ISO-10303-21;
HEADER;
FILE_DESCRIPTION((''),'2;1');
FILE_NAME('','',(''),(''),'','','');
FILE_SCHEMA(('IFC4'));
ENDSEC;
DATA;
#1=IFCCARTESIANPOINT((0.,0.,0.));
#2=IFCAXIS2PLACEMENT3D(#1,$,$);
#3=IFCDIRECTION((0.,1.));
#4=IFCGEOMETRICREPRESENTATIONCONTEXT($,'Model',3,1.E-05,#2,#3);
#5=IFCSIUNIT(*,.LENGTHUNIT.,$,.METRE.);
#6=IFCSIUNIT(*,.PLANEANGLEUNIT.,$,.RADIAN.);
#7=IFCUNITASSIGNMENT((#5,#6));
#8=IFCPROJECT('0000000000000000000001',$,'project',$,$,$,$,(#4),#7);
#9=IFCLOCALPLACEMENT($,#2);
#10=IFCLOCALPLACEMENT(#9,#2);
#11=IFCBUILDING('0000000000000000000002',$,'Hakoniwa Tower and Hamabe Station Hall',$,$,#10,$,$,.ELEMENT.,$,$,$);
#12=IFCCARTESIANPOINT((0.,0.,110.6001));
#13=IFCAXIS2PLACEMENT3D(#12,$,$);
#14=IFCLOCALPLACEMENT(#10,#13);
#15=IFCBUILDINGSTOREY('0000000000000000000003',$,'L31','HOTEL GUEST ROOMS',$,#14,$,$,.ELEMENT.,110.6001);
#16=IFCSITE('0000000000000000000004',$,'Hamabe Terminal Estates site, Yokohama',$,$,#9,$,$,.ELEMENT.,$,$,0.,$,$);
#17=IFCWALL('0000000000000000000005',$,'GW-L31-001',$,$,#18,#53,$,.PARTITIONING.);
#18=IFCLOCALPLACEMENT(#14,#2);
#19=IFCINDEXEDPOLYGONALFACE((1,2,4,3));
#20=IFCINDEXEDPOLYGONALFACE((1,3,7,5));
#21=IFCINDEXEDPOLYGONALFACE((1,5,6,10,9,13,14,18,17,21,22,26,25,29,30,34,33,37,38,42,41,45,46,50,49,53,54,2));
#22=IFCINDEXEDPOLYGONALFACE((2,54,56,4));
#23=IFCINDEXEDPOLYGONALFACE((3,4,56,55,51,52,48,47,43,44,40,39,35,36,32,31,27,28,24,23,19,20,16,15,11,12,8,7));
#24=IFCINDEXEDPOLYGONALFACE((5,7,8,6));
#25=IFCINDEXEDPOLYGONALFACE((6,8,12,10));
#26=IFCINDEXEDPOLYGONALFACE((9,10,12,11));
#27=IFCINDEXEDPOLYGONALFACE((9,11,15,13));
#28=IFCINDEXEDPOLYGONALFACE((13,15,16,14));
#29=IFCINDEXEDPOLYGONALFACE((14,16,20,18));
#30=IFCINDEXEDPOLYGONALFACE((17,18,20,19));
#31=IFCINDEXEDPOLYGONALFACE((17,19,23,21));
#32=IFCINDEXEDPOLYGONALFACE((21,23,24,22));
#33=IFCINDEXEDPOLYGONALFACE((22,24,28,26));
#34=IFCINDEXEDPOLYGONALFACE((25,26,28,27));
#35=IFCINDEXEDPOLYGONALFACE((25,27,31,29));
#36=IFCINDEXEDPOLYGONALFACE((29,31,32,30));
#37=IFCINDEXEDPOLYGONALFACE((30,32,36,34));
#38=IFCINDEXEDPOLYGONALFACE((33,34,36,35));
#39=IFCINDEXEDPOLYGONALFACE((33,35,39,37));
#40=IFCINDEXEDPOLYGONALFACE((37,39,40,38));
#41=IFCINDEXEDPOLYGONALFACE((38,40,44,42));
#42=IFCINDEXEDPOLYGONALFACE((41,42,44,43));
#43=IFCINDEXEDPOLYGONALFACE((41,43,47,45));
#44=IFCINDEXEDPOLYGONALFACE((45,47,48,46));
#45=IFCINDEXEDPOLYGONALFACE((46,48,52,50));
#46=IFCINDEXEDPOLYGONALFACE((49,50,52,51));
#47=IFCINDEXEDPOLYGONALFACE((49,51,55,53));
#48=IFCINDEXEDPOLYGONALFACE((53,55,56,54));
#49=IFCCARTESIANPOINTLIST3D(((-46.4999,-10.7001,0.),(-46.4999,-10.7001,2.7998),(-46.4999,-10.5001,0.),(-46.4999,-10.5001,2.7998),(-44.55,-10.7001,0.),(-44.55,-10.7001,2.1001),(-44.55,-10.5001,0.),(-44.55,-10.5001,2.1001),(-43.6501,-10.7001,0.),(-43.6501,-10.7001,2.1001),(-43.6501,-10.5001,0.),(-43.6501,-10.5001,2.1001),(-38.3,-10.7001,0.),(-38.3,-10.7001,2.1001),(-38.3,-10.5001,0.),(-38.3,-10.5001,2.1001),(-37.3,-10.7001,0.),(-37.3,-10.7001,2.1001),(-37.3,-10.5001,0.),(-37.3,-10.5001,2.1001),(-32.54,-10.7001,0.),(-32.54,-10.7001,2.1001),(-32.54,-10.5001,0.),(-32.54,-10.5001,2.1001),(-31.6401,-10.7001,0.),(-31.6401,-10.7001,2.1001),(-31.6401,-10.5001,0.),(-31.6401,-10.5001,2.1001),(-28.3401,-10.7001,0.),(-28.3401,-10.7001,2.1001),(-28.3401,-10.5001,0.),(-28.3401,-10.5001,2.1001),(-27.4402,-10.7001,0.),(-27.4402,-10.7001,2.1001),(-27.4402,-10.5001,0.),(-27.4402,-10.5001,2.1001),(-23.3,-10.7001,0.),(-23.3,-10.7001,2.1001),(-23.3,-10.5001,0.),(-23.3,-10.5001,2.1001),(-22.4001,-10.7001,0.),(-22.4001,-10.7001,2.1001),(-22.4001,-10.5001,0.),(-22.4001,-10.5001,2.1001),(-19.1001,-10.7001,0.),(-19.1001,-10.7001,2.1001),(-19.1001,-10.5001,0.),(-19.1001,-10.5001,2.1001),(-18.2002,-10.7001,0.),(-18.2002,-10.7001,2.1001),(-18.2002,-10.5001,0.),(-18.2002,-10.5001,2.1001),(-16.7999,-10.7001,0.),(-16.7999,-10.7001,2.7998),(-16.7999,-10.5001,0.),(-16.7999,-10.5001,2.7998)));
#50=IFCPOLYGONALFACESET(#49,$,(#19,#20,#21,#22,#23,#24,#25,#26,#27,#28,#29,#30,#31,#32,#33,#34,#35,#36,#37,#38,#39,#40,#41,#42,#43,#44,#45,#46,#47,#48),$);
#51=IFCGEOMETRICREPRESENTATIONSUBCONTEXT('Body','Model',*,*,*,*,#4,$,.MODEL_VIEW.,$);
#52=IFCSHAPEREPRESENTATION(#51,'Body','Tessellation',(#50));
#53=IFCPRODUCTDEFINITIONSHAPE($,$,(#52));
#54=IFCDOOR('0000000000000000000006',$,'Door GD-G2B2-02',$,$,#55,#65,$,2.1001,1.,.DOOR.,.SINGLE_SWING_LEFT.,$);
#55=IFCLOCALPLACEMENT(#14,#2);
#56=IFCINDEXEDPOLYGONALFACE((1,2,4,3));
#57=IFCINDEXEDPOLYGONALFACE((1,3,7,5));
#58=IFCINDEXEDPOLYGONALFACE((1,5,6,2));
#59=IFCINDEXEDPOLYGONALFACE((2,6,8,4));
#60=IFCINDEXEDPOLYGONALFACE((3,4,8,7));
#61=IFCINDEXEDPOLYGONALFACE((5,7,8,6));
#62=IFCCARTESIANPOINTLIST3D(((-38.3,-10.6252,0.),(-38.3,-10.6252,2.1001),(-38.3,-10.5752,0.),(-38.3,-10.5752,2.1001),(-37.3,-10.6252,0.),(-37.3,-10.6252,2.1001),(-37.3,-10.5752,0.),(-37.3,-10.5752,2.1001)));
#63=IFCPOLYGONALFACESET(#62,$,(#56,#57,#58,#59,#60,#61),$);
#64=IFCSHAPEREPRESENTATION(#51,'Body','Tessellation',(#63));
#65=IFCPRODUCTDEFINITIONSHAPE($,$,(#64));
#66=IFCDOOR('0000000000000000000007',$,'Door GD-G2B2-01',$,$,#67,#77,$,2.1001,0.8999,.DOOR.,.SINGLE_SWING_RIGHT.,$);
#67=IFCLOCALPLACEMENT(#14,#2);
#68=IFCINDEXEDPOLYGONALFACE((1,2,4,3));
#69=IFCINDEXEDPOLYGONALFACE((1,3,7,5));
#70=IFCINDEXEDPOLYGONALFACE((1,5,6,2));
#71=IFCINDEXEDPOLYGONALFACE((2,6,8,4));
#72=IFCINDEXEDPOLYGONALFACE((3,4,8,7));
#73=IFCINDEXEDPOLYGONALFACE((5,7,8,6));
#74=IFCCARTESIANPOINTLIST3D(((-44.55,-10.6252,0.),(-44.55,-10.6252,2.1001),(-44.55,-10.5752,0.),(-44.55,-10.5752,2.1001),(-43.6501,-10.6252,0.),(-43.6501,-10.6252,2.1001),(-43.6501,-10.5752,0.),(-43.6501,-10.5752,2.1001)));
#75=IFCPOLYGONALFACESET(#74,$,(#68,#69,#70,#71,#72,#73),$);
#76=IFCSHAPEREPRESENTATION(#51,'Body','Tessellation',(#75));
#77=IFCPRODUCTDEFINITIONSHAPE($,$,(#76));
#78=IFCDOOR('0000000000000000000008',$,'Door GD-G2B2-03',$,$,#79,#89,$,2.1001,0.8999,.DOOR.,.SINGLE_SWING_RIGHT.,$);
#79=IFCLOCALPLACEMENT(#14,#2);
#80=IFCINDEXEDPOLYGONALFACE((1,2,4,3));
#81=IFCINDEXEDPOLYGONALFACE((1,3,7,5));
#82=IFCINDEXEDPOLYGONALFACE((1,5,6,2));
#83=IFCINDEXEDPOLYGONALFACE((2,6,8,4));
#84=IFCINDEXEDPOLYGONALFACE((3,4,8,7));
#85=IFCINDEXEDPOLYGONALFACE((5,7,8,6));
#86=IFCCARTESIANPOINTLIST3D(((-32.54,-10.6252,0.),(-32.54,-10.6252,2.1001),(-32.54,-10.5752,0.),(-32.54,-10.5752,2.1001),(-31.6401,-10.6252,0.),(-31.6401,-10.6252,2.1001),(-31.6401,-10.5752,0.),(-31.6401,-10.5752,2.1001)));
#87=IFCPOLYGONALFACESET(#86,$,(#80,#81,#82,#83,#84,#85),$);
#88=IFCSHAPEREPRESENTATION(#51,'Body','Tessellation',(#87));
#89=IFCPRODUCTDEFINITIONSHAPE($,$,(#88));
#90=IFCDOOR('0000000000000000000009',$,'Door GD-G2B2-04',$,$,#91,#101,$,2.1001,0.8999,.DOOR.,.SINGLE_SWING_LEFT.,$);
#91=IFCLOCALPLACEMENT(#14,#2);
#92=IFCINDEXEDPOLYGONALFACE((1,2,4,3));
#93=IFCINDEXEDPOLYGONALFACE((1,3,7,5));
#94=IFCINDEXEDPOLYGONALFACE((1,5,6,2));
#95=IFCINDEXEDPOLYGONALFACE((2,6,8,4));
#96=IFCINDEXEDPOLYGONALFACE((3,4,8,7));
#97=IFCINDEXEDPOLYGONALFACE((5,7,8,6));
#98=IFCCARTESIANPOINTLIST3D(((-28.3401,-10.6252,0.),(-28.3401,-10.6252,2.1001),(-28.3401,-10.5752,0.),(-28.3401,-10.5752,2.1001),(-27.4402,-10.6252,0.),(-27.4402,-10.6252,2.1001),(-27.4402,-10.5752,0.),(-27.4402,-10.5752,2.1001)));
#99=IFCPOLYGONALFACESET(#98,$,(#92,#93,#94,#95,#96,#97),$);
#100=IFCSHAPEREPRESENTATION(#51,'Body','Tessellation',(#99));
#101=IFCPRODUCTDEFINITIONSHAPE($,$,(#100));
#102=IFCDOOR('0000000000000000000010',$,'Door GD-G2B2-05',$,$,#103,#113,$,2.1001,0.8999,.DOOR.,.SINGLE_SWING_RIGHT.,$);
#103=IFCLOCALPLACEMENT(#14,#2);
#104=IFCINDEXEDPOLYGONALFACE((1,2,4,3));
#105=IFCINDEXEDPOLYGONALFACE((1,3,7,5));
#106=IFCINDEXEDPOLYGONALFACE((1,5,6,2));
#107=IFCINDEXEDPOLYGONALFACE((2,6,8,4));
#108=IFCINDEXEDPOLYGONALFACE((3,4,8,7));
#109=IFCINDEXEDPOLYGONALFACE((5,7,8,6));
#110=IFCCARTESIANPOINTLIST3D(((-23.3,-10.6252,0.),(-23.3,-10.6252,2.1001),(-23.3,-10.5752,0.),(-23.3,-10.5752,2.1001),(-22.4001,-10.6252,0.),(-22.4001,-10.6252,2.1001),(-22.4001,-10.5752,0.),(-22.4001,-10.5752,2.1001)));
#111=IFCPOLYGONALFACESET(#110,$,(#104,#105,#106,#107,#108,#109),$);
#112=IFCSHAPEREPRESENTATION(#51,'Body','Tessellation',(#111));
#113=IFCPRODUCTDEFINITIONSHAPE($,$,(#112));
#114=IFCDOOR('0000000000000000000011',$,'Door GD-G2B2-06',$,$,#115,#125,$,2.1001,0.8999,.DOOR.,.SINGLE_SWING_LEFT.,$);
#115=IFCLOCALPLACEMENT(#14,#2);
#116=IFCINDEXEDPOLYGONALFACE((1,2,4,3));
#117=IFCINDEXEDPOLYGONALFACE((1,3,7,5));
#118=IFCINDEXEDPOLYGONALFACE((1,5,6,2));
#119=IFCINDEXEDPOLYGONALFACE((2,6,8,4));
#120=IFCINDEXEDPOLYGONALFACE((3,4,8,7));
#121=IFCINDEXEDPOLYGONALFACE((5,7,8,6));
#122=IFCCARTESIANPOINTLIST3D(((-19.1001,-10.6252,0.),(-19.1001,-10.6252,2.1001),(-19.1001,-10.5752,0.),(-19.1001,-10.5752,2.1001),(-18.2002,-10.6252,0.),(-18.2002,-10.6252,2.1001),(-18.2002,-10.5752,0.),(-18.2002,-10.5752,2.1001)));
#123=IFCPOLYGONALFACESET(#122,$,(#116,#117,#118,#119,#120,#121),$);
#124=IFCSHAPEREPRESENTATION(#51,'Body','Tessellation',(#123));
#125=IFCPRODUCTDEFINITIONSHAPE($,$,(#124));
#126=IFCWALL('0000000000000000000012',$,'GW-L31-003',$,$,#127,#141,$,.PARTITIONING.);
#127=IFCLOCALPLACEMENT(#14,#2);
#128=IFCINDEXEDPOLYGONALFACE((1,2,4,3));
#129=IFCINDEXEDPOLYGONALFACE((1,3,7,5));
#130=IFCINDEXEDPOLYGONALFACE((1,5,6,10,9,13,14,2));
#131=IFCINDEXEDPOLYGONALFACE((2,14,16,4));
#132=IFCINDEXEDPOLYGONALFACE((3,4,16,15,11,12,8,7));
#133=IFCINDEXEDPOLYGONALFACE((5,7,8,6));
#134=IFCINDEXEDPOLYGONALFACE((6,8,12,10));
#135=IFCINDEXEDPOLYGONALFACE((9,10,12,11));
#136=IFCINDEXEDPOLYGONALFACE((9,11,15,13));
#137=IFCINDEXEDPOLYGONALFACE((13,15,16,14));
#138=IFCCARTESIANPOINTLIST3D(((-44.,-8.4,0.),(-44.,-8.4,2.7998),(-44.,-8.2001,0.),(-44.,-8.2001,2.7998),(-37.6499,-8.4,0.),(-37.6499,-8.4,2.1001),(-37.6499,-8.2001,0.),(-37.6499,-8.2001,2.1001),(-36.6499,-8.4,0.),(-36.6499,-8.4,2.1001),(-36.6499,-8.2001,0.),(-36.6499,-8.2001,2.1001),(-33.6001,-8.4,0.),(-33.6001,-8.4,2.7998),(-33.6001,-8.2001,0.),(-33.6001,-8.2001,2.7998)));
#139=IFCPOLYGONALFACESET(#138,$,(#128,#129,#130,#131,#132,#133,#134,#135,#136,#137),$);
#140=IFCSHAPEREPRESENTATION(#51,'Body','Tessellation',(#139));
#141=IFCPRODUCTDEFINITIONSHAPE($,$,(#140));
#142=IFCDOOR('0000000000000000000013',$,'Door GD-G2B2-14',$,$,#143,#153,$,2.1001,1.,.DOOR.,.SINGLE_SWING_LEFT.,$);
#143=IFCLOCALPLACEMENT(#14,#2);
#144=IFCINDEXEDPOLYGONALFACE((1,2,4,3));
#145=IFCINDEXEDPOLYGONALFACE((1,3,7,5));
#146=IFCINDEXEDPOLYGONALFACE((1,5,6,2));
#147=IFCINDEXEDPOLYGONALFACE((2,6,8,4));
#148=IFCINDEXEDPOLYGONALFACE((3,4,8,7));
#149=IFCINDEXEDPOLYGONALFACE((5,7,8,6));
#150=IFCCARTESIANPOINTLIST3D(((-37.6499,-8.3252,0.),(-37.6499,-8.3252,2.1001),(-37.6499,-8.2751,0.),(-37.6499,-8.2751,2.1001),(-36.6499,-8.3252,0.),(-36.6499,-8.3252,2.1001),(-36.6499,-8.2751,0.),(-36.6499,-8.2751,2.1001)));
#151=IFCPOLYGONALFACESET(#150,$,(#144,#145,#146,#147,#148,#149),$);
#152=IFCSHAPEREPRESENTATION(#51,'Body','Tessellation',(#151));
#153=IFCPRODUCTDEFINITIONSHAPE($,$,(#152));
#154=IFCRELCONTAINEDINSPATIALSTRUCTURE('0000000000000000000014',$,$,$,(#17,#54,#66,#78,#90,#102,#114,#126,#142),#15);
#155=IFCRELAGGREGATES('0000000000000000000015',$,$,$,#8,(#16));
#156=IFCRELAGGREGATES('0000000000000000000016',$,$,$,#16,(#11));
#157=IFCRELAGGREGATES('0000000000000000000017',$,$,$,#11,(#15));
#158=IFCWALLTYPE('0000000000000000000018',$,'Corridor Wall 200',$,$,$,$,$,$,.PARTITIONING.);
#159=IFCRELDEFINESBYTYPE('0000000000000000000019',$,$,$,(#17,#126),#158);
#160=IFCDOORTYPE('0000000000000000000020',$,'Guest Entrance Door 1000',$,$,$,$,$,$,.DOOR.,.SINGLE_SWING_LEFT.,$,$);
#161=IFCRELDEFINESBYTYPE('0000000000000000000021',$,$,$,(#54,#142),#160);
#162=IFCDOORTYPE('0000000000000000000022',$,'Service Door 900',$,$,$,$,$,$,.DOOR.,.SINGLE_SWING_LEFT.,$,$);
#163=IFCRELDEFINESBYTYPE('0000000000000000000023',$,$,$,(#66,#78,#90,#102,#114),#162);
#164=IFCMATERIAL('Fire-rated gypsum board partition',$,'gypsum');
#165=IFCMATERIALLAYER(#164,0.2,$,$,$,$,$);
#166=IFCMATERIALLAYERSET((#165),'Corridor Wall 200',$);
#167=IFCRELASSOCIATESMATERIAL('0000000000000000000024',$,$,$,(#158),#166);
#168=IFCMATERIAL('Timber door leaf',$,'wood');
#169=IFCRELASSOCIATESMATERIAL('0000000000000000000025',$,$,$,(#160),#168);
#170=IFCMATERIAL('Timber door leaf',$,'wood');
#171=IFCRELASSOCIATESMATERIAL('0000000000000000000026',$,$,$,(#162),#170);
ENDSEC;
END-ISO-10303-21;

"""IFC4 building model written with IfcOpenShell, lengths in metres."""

from ifc_helpers import new_model, si_unit, direction, frame, frame_2d, origin, place, context, subcontext, project, spatial, rectangle, extrude, material, layer, layer_set, type_object, element, fill, save


model = new_model("IFC4")

# Units and contexts
model_context = context("Model", 3, precision=1e-05, world=origin(), true_north=direction((0.0, 1.0)))
body_context = subcontext(model_context, "Body", "Model", "MODEL_VIEW")
ifc_project = project(units=[si_unit("LENGTHUNIT", "METRE"), si_unit("PLANEANGLEUNIT", "RADIAN")], contexts=[model_context])

# Site, building, storey
site_placement = place(None, origin())
site = spatial("IfcSite", under=ifc_project, at=site_placement, Name="Hamabe Terminal Estates site, Yokohama", CompositionType="ELEMENT", RefElevation=0.0)
building_placement = place(site_placement, origin())
building = spatial("IfcBuilding", under=site, at=building_placement, Name="Hakoniwa Tower and Hamabe Station Hall", CompositionType="ELEMENT")
storey_placement = place(building_placement, frame((0.0, 0.0, 110.6001)))
storey = spatial("IfcBuildingStorey", under=building, at=storey_placement, Name="L31", Description="HOTEL GUEST ROOMS", CompositionType="ELEMENT", Elevation=110.6001)

# Wall, openings, doors
ifc_material_1 = material(Name="Fire-rated gypsum board partition", Category="gypsum")
ifc_layer_1 = layer(ifc_material_1, 0.2)
ifc_layer_set_1 = layer_set([ifc_layer_1], Name="Corridor Wall 200")
wall_type_1 = type_object("IfcWallType", Name="Corridor Wall 200", PredefinedType="PARTITIONING", material=ifc_layer_set_1)
wall_1_placement = place(storey_placement, frame((-46.5, -10.6001, 0.0), z_axis=(0.0, 0.0, 1.0), x_axis=(1.0, 0.0, 0.0)))
wall_1 = element("IfcWall", 1, at=wall_1_placement, inside=storey, type_object=wall_type_1, Name="GW-L31-001", PredefinedType="PARTITIONING", context=body_context, shape_type="SweptSolid", body=[
    extrude(rectangle(XDim=29.7, YDim=0.2, at=frame_2d((14.8501, 0.0))), origin(), (0.0, 0.0, 1.0), 2.7998),
])
opening_1_placement = place(wall_1_placement, frame((1.95, 0.0, 0.0)))
opening_1 = element("IfcOpeningElement", 2, at=opening_1_placement, cuts=wall_1, PredefinedType="OPENING", context=body_context, shape_type="SweptSolid", body=[
    extrude(rectangle(XDim=0.8999, YDim=2.1001, at=frame_2d((0.45, 1.05))), frame((0.0, 0.1099, 0.0), z_axis=(0.0, -1.0, 0.0), x_axis=(1.0, 0.0, 0.0)), (0.0, 0.0, 1.0), 0.22),
])
opening_2_placement = place(wall_1_placement, frame((8.2, 0.0, 0.0)))
opening_2 = element("IfcOpeningElement", 3, at=opening_2_placement, cuts=wall_1, PredefinedType="OPENING", context=body_context, shape_type="SweptSolid", body=[
    extrude(rectangle(XDim=1.0, YDim=2.1001, at=frame_2d((0.5, 1.05))), frame((0.0, 0.1099, 0.0), z_axis=(0.0, -1.0, 0.0), x_axis=(1.0, 0.0, 0.0)), (0.0, 0.0, 1.0), 0.22),
])
opening_3_placement = place(wall_1_placement, frame((13.96, 0.0, 0.0)))
opening_3 = element("IfcOpeningElement", 4, at=opening_3_placement, cuts=wall_1, PredefinedType="OPENING", context=body_context, shape_type="SweptSolid", body=[
    extrude(rectangle(XDim=0.8999, YDim=2.1001, at=frame_2d((0.45, 1.05))), frame((0.0, 0.1099, 0.0), z_axis=(0.0, -1.0, 0.0), x_axis=(1.0, 0.0, 0.0)), (0.0, 0.0, 1.0), 0.22),
])
opening_4_placement = place(wall_1_placement, frame((18.1599, 0.0, 0.0)))
opening_4 = element("IfcOpeningElement", 5, at=opening_4_placement, cuts=wall_1, PredefinedType="OPENING", context=body_context, shape_type="SweptSolid", body=[
    extrude(rectangle(XDim=0.8999, YDim=2.1001, at=frame_2d((0.45, 1.05))), frame((0.0, 0.1099, 0.0), z_axis=(0.0, -1.0, 0.0), x_axis=(1.0, 0.0, 0.0)), (0.0, 0.0, 1.0), 0.22),
])
opening_5_placement = place(wall_1_placement, frame((23.2, 0.0, 0.0)))
opening_5 = element("IfcOpeningElement", 6, at=opening_5_placement, cuts=wall_1, PredefinedType="OPENING", context=body_context, shape_type="SweptSolid", body=[
    extrude(rectangle(XDim=0.8999, YDim=2.1001, at=frame_2d((0.45, 1.05))), frame((0.0, 0.1099, 0.0), z_axis=(0.0, -1.0, 0.0), x_axis=(1.0, 0.0, 0.0)), (0.0, 0.0, 1.0), 0.22),
])
opening_6_placement = place(wall_1_placement, frame((27.3999, 0.0, 0.0)))
opening_6 = element("IfcOpeningElement", 7, at=opening_6_placement, cuts=wall_1, PredefinedType="OPENING", context=body_context, shape_type="SweptSolid", body=[
    extrude(rectangle(XDim=0.8999, YDim=2.1001, at=frame_2d((0.45, 1.05))), frame((0.0, 0.1099, 0.0), z_axis=(0.0, -1.0, 0.0), x_axis=(1.0, 0.0, 0.0)), (0.0, 0.0, 1.0), 0.22),
])
ifc_material_2 = material(Name="Timber door leaf", Category="wood")
door_type_1 = type_object("IfcDoorType", Name="Guest Entrance Door 1000", OperationType="SINGLE_SWING_LEFT", PredefinedType="DOOR", material=ifc_material_2)
door_1_placement = place(opening_2_placement, origin())
door_1 = element("IfcDoor", 8, at=door_1_placement, inside=storey, type_object=door_type_1, Name="Door GD-G2B2-02", OperationType="SINGLE_SWING_LEFT", OverallHeight=2.1001, OverallWidth=1.0, PredefinedType="DOOR", context=body_context, shape_type="SweptSolid", body=[
    extrude(rectangle(XDim=1.0, YDim=2.1001, at=frame_2d((0.5, 1.05))), frame((0.0, 0.0249, 0.0), z_axis=(0.0, -1.0, 0.0), x_axis=(1.0, 0.0, 0.0)), (0.0, 0.0, 1.0), 0.05),
])
fill(opening_2, door_1)
ifc_material_3 = material(Name="Timber door leaf", Category="wood")
door_type_2 = type_object("IfcDoorType", Name="Service Door 900", OperationType="SINGLE_SWING_LEFT", PredefinedType="DOOR", material=ifc_material_3)
door_2_placement = place(opening_1_placement, origin())
door_2 = element("IfcDoor", 9, at=door_2_placement, inside=storey, type_object=door_type_2, Name="Door GD-G2B2-01", OperationType="SINGLE_SWING_RIGHT", OverallHeight=2.1001, OverallWidth=0.8999, PredefinedType="DOOR", context=body_context, shape_type="SweptSolid", body=[
    extrude(rectangle(XDim=0.8999, YDim=2.1001, at=frame_2d((0.45, 1.05))), frame((0.0, 0.0249, 0.0), z_axis=(0.0, -1.0, 0.0), x_axis=(1.0, 0.0, 0.0)), (0.0, 0.0, 1.0), 0.05),
])
fill(opening_1, door_2)
door_3_placement = place(opening_3_placement, origin())
door_3 = element("IfcDoor", 10, at=door_3_placement, inside=storey, type_object=door_type_2, Name="Door GD-G2B2-03", OperationType="SINGLE_SWING_RIGHT", OverallHeight=2.1001, OverallWidth=0.8999, PredefinedType="DOOR", context=body_context, shape_type="SweptSolid", body=[
    extrude(rectangle(XDim=0.8999, YDim=2.1001, at=frame_2d((0.45, 1.05))), frame((0.0, 0.0249, 0.0), z_axis=(0.0, -1.0, 0.0), x_axis=(1.0, 0.0, 0.0)), (0.0, 0.0, 1.0), 0.05),
])
fill(opening_3, door_3)
door_4_placement = place(opening_4_placement, origin())
door_4 = element("IfcDoor", 11, at=door_4_placement, inside=storey, type_object=door_type_2, Name="Door GD-G2B2-04", OperationType="SINGLE_SWING_LEFT", OverallHeight=2.1001, OverallWidth=0.8999, PredefinedType="DOOR", context=body_context, shape_type="SweptSolid", body=[
    extrude(rectangle(XDim=0.8999, YDim=2.1001, at=frame_2d((0.45, 1.05))), frame((0.0, 0.0249, 0.0), z_axis=(0.0, -1.0, 0.0), x_axis=(1.0, 0.0, 0.0)), (0.0, 0.0, 1.0), 0.05),
])
fill(opening_4, door_4)
door_5_placement = place(opening_5_placement, origin())
door_5 = element("IfcDoor", 12, at=door_5_placement, inside=storey, type_object=door_type_2, Name="Door GD-G2B2-05", OperationType="SINGLE_SWING_RIGHT", OverallHeight=2.1001, OverallWidth=0.8999, PredefinedType="DOOR", context=body_context, shape_type="SweptSolid", body=[
    extrude(rectangle(XDim=0.8999, YDim=2.1001, at=frame_2d((0.45, 1.05))), frame((0.0, 0.0249, 0.0), z_axis=(0.0, -1.0, 0.0), x_axis=(1.0, 0.0, 0.0)), (0.0, 0.0, 1.0), 0.05),
])
fill(opening_5, door_5)
door_6_placement = place(opening_6_placement, origin())
door_6 = element("IfcDoor", 13, at=door_6_placement, inside=storey, type_object=door_type_2, Name="Door GD-G2B2-06", OperationType="SINGLE_SWING_LEFT", OverallHeight=2.1001, OverallWidth=0.8999, PredefinedType="DOOR", context=body_context, shape_type="SweptSolid", body=[
    extrude(rectangle(XDim=0.8999, YDim=2.1001, at=frame_2d((0.45, 1.05))), frame((0.0, 0.0249, 0.0), z_axis=(0.0, -1.0, 0.0), x_axis=(1.0, 0.0, 0.0)), (0.0, 0.0, 1.0), 0.05),
])
fill(opening_6, door_6)

# Wall, opening, door
wall_2_placement = place(storey_placement, frame((-44.0, -8.3, 0.0), z_axis=(0.0, 0.0, 1.0), x_axis=(1.0, 0.0, 0.0)))
wall_2 = element("IfcWall", 14, at=wall_2_placement, inside=storey, type_object=wall_type_1, Name="GW-L31-003", PredefinedType="PARTITIONING", context=body_context, shape_type="SweptSolid", body=[
    extrude(rectangle(XDim=10.3999, YDim=0.2, at=frame_2d((5.2, 0.0))), origin(), (0.0, 0.0, 1.0), 2.7998),
])
opening_7_placement = place(wall_2_placement, frame((6.3501, 0.0, 0.0)))
opening_7 = element("IfcOpeningElement", 15, at=opening_7_placement, cuts=wall_2, PredefinedType="OPENING", context=body_context, shape_type="SweptSolid", body=[
    extrude(rectangle(XDim=1.0, YDim=2.1001, at=frame_2d((0.5, 1.05))), frame((0.0, 0.1099, 0.0), z_axis=(0.0, -1.0, 0.0), x_axis=(1.0, 0.0, 0.0)), (0.0, 0.0, 1.0), 0.22),
])
door_7_placement = place(opening_7_placement, origin())
door_7 = element("IfcDoor", 16, at=door_7_placement, inside=storey, type_object=door_type_1, Name="Door GD-G2B2-14", OperationType="SINGLE_SWING_LEFT", OverallHeight=2.1001, OverallWidth=1.0, PredefinedType="DOOR", context=body_context, shape_type="SweptSolid", body=[
    extrude(rectangle(XDim=1.0, YDim=2.1001, at=frame_2d((0.5, 1.05))), frame((0.0, 0.0249, 0.0), z_axis=(0.0, -1.0, 0.0), x_axis=(1.0, 0.0, 0.0)), (0.0, 0.0, 1.0), 0.05),
])
fill(opening_7, door_7)

save(model, "model.ifc")
